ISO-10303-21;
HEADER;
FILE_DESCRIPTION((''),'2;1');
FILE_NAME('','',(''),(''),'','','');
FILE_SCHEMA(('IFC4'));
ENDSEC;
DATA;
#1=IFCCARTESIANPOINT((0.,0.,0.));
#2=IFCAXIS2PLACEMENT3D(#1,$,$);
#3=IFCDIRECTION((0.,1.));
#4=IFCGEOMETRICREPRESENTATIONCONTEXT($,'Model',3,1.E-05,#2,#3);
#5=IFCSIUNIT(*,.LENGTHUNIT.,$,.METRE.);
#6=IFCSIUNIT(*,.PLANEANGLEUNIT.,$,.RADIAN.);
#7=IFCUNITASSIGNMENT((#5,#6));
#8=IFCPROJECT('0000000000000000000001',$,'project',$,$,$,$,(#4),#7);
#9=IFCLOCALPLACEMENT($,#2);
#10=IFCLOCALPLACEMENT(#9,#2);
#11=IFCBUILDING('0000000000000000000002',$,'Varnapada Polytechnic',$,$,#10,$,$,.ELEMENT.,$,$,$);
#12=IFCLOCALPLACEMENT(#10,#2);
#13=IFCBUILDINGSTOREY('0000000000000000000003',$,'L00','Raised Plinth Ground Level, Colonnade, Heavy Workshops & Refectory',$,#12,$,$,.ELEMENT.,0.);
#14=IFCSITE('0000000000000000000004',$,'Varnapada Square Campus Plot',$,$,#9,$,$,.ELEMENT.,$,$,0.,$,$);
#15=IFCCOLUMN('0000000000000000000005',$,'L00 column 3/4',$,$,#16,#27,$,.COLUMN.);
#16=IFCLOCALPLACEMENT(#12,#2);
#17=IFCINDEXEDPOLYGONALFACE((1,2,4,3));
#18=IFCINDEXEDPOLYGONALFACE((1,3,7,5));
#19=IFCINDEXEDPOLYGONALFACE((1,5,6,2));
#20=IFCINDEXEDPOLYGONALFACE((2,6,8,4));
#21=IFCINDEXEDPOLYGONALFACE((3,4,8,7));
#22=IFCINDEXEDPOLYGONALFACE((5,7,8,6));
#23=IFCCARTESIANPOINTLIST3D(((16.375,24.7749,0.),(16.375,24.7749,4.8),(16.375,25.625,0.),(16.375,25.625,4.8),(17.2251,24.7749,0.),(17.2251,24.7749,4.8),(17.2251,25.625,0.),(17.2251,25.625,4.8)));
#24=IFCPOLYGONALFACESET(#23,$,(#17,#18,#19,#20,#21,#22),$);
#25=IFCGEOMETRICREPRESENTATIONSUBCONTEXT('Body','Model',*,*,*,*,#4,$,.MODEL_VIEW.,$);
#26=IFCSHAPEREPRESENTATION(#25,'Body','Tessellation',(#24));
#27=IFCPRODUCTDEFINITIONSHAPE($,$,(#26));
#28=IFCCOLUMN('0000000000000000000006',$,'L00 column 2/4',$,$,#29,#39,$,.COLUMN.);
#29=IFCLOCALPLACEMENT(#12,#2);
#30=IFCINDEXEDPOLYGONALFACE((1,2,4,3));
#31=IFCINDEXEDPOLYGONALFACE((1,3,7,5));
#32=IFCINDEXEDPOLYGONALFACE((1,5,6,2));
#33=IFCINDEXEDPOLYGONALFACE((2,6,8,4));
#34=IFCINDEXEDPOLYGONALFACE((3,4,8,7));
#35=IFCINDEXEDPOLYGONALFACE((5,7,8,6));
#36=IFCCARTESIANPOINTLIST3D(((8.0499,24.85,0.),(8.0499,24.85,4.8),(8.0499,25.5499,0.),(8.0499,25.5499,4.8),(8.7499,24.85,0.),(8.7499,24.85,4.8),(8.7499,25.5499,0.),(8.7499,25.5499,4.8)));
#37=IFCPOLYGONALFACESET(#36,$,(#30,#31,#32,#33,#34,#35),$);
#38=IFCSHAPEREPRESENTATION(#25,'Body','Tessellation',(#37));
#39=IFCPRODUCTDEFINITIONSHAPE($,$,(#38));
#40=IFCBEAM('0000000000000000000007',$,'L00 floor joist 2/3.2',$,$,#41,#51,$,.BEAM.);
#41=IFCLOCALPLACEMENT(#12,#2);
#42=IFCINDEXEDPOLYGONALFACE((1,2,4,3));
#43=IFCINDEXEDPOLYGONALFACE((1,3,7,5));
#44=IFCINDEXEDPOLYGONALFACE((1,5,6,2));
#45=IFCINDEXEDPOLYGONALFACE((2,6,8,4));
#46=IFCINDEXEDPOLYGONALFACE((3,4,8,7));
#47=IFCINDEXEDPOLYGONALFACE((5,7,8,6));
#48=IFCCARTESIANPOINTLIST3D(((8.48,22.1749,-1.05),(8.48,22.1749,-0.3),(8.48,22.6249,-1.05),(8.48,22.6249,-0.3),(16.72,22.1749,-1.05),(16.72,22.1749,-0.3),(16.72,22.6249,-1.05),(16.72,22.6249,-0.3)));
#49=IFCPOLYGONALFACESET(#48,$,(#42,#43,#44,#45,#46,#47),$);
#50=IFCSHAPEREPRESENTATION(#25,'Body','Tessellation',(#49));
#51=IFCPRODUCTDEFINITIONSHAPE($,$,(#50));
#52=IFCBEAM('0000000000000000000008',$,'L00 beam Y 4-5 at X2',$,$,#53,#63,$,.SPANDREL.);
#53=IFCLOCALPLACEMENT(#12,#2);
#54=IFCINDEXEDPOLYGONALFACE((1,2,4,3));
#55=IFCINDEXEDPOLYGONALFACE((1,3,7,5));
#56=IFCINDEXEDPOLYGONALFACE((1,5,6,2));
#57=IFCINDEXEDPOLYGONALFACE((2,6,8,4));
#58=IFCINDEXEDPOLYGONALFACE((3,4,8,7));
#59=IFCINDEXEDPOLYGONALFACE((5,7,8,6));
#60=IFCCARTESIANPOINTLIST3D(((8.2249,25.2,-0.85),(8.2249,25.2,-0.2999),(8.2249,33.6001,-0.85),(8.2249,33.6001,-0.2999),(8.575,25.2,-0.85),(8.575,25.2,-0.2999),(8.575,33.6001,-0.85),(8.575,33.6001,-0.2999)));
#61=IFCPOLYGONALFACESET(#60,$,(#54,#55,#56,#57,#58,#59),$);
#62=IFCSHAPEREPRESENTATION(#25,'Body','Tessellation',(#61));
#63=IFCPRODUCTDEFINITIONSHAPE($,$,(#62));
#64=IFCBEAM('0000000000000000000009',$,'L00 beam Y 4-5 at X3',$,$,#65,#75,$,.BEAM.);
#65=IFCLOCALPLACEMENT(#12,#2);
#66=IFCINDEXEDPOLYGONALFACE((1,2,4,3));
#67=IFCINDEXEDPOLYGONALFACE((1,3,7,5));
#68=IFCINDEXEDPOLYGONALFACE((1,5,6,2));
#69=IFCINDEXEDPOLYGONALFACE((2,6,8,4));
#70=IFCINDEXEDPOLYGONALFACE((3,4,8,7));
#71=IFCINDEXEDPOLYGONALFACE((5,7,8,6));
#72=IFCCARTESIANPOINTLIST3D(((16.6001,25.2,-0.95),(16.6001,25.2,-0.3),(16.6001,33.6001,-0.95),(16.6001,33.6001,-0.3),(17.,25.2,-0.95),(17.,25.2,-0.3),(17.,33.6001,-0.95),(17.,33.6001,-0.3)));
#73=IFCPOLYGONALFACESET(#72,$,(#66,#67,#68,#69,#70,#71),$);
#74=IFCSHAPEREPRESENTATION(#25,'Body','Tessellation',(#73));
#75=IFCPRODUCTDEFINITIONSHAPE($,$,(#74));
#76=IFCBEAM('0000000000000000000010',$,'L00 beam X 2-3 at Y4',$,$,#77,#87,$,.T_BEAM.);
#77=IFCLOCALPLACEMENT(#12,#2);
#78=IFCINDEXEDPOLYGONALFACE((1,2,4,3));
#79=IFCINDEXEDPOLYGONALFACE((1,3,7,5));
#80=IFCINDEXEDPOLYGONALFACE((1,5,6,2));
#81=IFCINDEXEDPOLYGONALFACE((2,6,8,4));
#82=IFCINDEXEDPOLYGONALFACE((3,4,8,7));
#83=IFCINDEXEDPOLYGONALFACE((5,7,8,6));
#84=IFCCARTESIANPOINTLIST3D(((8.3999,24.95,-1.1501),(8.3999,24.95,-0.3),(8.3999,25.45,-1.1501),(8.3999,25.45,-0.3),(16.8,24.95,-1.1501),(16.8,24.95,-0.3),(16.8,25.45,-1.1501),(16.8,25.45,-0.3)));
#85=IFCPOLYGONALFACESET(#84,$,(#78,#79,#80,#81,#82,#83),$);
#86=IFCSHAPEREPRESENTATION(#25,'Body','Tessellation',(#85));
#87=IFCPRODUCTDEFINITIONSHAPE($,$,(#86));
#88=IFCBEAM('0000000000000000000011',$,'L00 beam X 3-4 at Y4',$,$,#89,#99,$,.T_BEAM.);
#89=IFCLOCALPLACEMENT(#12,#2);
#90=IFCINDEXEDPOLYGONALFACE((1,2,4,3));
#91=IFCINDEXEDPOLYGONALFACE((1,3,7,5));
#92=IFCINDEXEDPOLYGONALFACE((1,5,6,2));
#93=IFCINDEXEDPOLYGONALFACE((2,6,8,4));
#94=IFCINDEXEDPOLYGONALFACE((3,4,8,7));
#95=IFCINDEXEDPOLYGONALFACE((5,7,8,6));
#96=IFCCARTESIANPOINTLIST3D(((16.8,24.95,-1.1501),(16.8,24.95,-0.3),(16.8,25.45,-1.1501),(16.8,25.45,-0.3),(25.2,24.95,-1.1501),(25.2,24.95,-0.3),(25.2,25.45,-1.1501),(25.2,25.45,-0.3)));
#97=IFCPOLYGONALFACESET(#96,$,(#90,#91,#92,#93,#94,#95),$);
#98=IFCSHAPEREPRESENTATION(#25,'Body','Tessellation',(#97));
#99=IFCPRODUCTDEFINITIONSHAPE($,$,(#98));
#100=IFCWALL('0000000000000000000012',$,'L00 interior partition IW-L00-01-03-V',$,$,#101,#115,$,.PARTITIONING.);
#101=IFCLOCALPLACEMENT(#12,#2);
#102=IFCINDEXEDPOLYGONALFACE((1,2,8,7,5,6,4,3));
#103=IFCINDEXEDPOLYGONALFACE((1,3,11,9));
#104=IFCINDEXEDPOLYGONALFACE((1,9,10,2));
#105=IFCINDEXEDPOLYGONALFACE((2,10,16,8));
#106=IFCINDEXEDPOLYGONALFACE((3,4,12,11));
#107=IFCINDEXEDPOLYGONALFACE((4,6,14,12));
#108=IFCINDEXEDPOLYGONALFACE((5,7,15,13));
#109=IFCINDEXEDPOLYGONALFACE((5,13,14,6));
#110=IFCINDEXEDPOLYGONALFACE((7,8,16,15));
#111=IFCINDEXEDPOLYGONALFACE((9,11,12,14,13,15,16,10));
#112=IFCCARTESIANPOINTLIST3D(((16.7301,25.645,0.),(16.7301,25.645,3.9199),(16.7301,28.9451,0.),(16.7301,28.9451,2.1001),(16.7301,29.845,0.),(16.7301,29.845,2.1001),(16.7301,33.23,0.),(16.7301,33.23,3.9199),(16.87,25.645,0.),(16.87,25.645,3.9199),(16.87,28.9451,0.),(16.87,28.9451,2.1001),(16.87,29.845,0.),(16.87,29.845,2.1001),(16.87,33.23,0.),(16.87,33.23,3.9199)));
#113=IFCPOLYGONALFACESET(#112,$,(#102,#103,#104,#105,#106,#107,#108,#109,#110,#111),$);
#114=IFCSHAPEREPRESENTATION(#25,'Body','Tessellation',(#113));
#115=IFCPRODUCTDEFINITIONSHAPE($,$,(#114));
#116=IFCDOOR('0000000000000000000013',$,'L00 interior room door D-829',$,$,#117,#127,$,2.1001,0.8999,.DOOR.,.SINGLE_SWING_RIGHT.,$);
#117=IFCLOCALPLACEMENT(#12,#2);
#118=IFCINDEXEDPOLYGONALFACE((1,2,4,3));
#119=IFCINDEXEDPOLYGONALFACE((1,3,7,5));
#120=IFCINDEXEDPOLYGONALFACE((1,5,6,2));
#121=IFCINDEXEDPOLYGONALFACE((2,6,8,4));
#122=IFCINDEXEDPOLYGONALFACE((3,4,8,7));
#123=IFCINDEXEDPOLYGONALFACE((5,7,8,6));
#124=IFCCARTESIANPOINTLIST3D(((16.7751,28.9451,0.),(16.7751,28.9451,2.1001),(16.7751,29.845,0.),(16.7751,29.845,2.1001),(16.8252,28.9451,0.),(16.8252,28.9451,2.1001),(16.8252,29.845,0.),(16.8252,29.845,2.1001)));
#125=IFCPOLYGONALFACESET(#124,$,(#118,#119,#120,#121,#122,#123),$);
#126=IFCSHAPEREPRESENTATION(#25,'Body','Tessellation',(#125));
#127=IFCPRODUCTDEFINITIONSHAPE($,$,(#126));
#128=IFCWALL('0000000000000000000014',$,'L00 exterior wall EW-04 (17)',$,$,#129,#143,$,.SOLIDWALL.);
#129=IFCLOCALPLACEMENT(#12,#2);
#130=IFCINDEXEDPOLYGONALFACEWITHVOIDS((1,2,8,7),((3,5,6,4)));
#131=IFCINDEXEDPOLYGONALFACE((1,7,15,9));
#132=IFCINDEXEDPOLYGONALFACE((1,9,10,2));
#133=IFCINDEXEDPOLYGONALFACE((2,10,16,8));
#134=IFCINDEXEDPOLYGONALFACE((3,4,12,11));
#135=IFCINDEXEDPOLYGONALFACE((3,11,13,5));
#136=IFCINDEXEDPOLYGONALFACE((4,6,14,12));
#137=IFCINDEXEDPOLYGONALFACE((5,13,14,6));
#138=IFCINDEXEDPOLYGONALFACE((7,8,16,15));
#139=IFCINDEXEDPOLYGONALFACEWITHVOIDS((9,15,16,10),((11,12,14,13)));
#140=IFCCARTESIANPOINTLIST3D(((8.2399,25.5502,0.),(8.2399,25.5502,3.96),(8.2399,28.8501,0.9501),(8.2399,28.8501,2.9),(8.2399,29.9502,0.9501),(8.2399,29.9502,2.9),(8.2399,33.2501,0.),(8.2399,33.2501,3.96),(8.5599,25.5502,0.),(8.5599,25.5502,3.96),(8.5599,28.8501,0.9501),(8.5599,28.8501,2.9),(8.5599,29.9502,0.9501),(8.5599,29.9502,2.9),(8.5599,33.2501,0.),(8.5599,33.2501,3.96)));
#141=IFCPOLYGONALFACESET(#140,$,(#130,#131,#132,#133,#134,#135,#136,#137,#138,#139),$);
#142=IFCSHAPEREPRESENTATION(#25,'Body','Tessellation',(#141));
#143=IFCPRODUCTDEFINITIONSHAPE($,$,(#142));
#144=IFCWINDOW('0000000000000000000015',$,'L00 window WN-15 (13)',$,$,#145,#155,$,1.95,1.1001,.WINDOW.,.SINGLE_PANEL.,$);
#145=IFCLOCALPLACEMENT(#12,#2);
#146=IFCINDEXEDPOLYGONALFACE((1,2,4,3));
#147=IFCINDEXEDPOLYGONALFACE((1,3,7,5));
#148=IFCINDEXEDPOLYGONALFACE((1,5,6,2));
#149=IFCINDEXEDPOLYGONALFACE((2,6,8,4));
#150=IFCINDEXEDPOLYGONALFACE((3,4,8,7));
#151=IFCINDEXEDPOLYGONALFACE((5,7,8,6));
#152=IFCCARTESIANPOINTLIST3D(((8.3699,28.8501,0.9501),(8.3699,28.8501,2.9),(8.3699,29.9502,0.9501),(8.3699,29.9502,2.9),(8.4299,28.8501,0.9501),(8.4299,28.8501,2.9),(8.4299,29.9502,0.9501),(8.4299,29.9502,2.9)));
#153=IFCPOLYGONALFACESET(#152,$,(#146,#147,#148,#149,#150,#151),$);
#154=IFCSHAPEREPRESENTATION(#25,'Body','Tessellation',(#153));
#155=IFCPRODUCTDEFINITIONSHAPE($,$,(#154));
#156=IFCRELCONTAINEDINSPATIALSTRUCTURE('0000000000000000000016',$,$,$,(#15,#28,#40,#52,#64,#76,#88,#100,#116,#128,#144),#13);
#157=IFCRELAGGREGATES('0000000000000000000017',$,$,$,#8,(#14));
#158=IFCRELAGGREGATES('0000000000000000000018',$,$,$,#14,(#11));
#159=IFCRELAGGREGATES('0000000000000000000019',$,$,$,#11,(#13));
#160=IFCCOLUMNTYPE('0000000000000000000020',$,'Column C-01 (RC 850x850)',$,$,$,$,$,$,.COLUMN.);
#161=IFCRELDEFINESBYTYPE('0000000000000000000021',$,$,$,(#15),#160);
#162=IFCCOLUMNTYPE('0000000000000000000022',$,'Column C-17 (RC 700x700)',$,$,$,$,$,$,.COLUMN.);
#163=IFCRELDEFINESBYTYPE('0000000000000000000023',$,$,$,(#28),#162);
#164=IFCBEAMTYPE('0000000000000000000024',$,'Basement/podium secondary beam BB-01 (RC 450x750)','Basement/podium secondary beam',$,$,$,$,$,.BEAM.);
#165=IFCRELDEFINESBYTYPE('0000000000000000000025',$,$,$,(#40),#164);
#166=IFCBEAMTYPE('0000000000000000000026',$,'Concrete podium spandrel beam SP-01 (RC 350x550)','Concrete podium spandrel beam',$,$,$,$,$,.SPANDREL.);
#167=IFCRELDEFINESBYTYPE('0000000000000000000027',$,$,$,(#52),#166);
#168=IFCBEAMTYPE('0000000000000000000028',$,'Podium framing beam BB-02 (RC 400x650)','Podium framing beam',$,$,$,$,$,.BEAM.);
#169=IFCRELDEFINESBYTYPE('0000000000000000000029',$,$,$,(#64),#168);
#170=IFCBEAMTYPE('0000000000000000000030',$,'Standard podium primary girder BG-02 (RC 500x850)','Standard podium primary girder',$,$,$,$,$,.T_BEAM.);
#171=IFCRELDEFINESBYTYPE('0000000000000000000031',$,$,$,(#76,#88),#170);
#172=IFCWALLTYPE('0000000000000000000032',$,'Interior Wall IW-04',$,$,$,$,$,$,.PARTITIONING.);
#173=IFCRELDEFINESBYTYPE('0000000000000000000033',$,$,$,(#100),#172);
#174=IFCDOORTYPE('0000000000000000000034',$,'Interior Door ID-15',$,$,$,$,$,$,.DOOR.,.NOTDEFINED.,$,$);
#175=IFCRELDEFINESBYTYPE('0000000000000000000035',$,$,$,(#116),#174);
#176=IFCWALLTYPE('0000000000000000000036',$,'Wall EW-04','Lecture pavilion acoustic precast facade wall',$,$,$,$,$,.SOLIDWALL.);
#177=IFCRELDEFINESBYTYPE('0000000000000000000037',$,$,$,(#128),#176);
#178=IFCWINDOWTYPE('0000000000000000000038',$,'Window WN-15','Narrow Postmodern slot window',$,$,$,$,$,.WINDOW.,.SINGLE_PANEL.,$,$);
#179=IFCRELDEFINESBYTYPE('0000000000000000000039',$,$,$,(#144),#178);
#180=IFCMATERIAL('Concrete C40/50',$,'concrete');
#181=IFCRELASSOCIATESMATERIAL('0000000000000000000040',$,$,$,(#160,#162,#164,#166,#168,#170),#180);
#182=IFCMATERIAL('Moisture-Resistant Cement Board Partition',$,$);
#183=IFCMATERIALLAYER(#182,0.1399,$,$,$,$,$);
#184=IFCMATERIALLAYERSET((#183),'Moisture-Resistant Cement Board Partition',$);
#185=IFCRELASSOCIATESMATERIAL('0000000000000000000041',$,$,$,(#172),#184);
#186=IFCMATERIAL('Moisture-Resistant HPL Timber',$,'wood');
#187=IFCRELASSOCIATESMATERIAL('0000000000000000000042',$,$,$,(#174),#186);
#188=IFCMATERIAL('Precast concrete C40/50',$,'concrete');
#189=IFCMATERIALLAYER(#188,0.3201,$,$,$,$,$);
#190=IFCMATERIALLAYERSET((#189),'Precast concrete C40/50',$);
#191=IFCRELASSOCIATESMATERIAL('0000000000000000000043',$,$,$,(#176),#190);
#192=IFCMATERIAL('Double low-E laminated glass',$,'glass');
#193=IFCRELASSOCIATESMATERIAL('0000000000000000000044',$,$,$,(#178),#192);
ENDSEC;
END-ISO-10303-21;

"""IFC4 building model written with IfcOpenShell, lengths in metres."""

from ifc_helpers import new_model, si_unit, direction, frame, frame_2d, origin, origin_2d, place, context, subcontext, project, spatial, rectangle, extrude, material, layer, layer_set, material_profile, profile_set, type_object, element, fill, save


model = new_model("IFC4")

# Units and contexts
model_context = context("Model", 3, precision=1e-05, world=origin(), true_north=direction((0.0, 1.0)))
body_context = subcontext(model_context, "Body", "Model", "MODEL_VIEW")
ifc_project = project(units=[si_unit("LENGTHUNIT", "METRE"), si_unit("PLANEANGLEUNIT", "RADIAN")], contexts=[model_context])

# Site, building, storey
site_placement = place(None, origin())
site = spatial("IfcSite", under=ifc_project, at=site_placement, Name="Varnapada Square Campus Plot", CompositionType="ELEMENT", RefElevation=0.0)
building_placement = place(site_placement, origin())
building = spatial("IfcBuilding", under=site, at=building_placement, Name="Varnapada Polytechnic", CompositionType="ELEMENT")
storey_placement = place(building_placement, origin())
storey = spatial("IfcBuildingStorey", under=building, at=storey_placement, Name="L00", Description="Raised Plinth Ground Level, Colonnade, Heavy Workshops & Refectory", CompositionType="ELEMENT", Elevation=0.0)

# Columns
ifc_material_1 = material(Name="Concrete C40/50", Category="concrete")
ifc_material_profile_1 = material_profile(ifc_material_1, rectangle(XDim=0.8501, YDim=0.8501, at=origin_2d()), Name="RC 850x850")
ifc_profile_set_1 = profile_set([ifc_material_profile_1], Name="Concrete C40/50")
column_type_1 = type_object("IfcColumnType", Name="Column C-01 (RC 850x850)", PredefinedType="COLUMN", material=ifc_profile_set_1)
column_1_placement = place(storey_placement, frame((16.8, 25.2, 0.0), z_axis=(0.0, 0.0, 1.0), x_axis=(1.0, 0.0, 0.0)))
element("IfcColumn", 1, at=column_1_placement, inside=storey, type_object=column_type_1, Name="L00 column 3/4", PredefinedType="COLUMN", context=body_context, shape_type="SweptSolid", body=[
    extrude(rectangle(XDim=0.8501, YDim=0.8501, at=origin_2d()), origin(), (0.0, 0.0, 1.0), 4.8),
])
ifc_material_profile_2 = material_profile(ifc_material_1, rectangle(XDim=0.7, YDim=0.7, at=origin_2d()), Name="RC 700x700")
ifc_profile_set_2 = profile_set([ifc_material_profile_2], Name="Concrete C40/50")
column_type_2 = type_object("IfcColumnType", Name="Column C-17 (RC 700x700)", PredefinedType="COLUMN", material=ifc_profile_set_2)
column_2_placement = place(storey_placement, frame((8.3999, 25.2, 0.0), z_axis=(0.0, 0.0, 1.0), x_axis=(1.0, 0.0, 0.0)))
element("IfcColumn", 2, at=column_2_placement, inside=storey, type_object=column_type_2, Name="L00 column 2/4", PredefinedType="COLUMN", context=body_context, shape_type="SweptSolid", body=[
    extrude(rectangle(XDim=0.7, YDim=0.7, at=origin_2d()), origin(), (0.0, 0.0, 1.0), 4.8),
])

# Beams
ifc_material_profile_3 = material_profile(ifc_material_1, rectangle(XDim=0.45, YDim=0.75, at=origin_2d()), Name="RC 450x750")
ifc_profile_set_3 = profile_set([ifc_material_profile_3], Name="Concrete C40/50")
beam_type_1 = type_object("IfcBeamType", Name="Basement/podium secondary beam BB-01 (RC 450x750)", Description="Basement/podium secondary beam", PredefinedType="BEAM", material=ifc_profile_set_3)
beam_1_placement = place(storey_placement, frame((8.48, 22.3999, -0.675), z_axis=(1.0, 0.0, 0.0), x_axis=(0.0, 1.0, 0.0)))
element("IfcBeam", 3, at=beam_1_placement, inside=storey, type_object=beam_type_1, Name="L00 floor joist 2/3.2", PredefinedType="BEAM", context=body_context, shape_type="SweptSolid", body=[
    extrude(rectangle(XDim=0.45, YDim=0.75, at=origin_2d()), origin(), (0.0, 0.0, 1.0), 8.24),
])
ifc_material_profile_4 = material_profile(ifc_material_1, rectangle(XDim=0.3501, YDim=0.55, at=origin_2d()), Name="RC 350x550")
ifc_profile_set_4 = profile_set([ifc_material_profile_4], Name="Concrete C40/50")
beam_type_2 = type_object("IfcBeamType", Name="Concrete podium spandrel beam SP-01 (RC 350x550)", Description="Concrete podium spandrel beam", PredefinedType="SPANDREL", material=ifc_profile_set_4)
beam_2_placement = place(storey_placement, frame((8.3999, 25.2, -0.575), z_axis=(0.0, 1.0, 0.0), x_axis=(-1.0, 0.0, 0.0)))
element("IfcBeam", 4, at=beam_2_placement, inside=storey, type_object=beam_type_2, Name="L00 beam Y 4-5 at X2", PredefinedType="SPANDREL", context=body_context, shape_type="SweptSolid", body=[
    extrude(rectangle(XDim=0.3501, YDim=0.55, at=origin_2d()), origin(), (0.0, 0.0, 1.0), 8.4001),
])
ifc_material_profile_5 = material_profile(ifc_material_1, rectangle(XDim=0.3999, YDim=0.6499, at=origin_2d()), Name="RC 400x650")
ifc_profile_set_5 = profile_set([ifc_material_profile_5], Name="Concrete C40/50")
beam_type_3 = type_object("IfcBeamType", Name="Podium framing beam BB-02 (RC 400x650)", Description="Podium framing beam", PredefinedType="BEAM", material=ifc_profile_set_5)
beam_3_placement = place(storey_placement, frame((16.8, 25.2, -0.625), z_axis=(0.0, 1.0, 0.0), x_axis=(-1.0, 0.0, 0.0)))
element("IfcBeam", 5, at=beam_3_placement, inside=storey, type_object=beam_type_3, Name="L00 beam Y 4-5 at X3", PredefinedType="BEAM", context=body_context, shape_type="SweptSolid", body=[
    extrude(rectangle(XDim=0.3999, YDim=0.6499, at=origin_2d()), origin(), (0.0, 0.0, 1.0), 8.4001),
])
ifc_material_profile_6 = material_profile(ifc_material_1, rectangle(XDim=0.5, YDim=0.8501, at=origin_2d()), Name="RC 500x850")
ifc_profile_set_6 = profile_set([ifc_material_profile_6], Name="Concrete C40/50")
beam_type_4 = type_object("IfcBeamType", Name="Standard podium primary girder BG-02 (RC 500x850)", Description="Standard podium primary girder", PredefinedType="T_BEAM", material=ifc_profile_set_6)
beam_4_placement = place(storey_placement, frame((8.3999, 25.2, -0.7251), z_axis=(1.0, 0.0, 0.0), x_axis=(0.0, 1.0, 0.0)))
element("IfcBeam", 6, at=beam_4_placement, inside=storey, type_object=beam_type_4, Name="L00 beam X 2-3 at Y4", PredefinedType="T_BEAM", context=body_context, shape_type="SweptSolid", body=[
    extrude(rectangle(XDim=0.5, YDim=0.8501, at=origin_2d()), origin(), (0.0, 0.0, 1.0), 8.4001),
])
beam_5_placement = place(storey_placement, frame((16.8, 25.2, -0.7251), z_axis=(1.0, 0.0, 0.0), x_axis=(0.0, 1.0, 0.0)))
element("IfcBeam", 7, at=beam_5_placement, inside=storey, type_object=beam_type_4, Name="L00 beam X 3-4 at Y4", PredefinedType="T_BEAM", context=body_context, shape_type="SweptSolid", body=[
    extrude(rectangle(XDim=0.5, YDim=0.8501, at=origin_2d()), origin(), (0.0, 0.0, 1.0), 8.3999),
])

# Wall, opening, door
ifc_material_2 = material(Name="Moisture-Resistant Cement Board Partition")
ifc_layer_1 = layer(ifc_material_2, 0.1399)
ifc_layer_set_1 = layer_set([ifc_layer_1], Name="Moisture-Resistant Cement Board Partition")
wall_type_1 = type_object("IfcWallType", Name="Interior Wall IW-04", PredefinedType="PARTITIONING", material=ifc_layer_set_1)
wall_1_placement = place(storey_placement, frame((16.8, 25.645, 0.0), z_axis=(0.0, 0.0, 1.0), x_axis=(0.0, 1.0, 0.0)))
wall_1 = element("IfcWall", 8, at=wall_1_placement, inside=storey, type_object=wall_type_1, Name="L00 interior partition IW-L00-01-03-V", PredefinedType="PARTITIONING", context=body_context, shape_type="SweptSolid", body=[
    extrude(rectangle(XDim=7.585, YDim=0.1399, at=frame_2d((3.7925, 0.0))), origin(), (0.0, 0.0, 1.0), 3.9199),
])
opening_1_placement = place(wall_1_placement, frame((3.3, 0.0, 0.0)))
opening_1 = element("IfcOpeningElement", 9, at=opening_1_placement, cuts=wall_1, PredefinedType="OPENING", context=body_context, shape_type="SweptSolid", body=[
    extrude(rectangle(XDim=0.8999, YDim=2.1001, at=frame_2d((0.45, 1.05))), frame((0.0, 0.0798, 0.0), z_axis=(0.0, -1.0, 0.0), x_axis=(1.0, 0.0, 0.0)), (0.0, 0.0, 1.0), 0.1599),
])
ifc_material_3 = material(Name="Moisture-Resistant HPL Timber", Category="wood")
door_type = type_object("IfcDoorType", Name="Interior Door ID-15", OperationType="NOTDEFINED", PredefinedType="DOOR", material=ifc_material_3)
door_placement = place(opening_1_placement, origin())
door = element("IfcDoor", 10, at=door_placement, inside=storey, type_object=door_type, Name="L00 interior room door D-829", OperationType="SINGLE_SWING_RIGHT", OverallHeight=2.1001, OverallWidth=0.8999, PredefinedType="DOOR", context=body_context, shape_type="SweptSolid", body=[
    extrude(rectangle(XDim=0.8999, YDim=2.1001, at=frame_2d((0.45, 1.05))), frame((0.0, 0.0249, 0.0), z_axis=(0.0, -1.0, 0.0), x_axis=(1.0, 0.0, 0.0)), (0.0, 0.0, 1.0), 0.05),
])
fill(opening_1, door)

# Wall, opening, window
ifc_material_4 = material(Name="Precast concrete C40/50", Category="concrete")
ifc_layer_2 = layer(ifc_material_4, 0.3201)
ifc_layer_set_2 = layer_set([ifc_layer_2], Name="Precast concrete C40/50")
wall_type_2 = type_object("IfcWallType", Name="Wall EW-04", Description="Lecture pavilion acoustic precast facade wall", PredefinedType="SOLIDWALL", material=ifc_layer_set_2)
wall_2_placement = place(storey_placement, frame((8.3999, 25.55, 0.0), z_axis=(0.0, 0.0, 1.0), x_axis=(0.0, 1.0, 0.0)))
wall_2 = element("IfcWall", 11, at=wall_2_placement, inside=storey, type_object=wall_type_2, Name="L00 exterior wall EW-04 (17)", PredefinedType="SOLIDWALL", context=body_context, shape_type="SweptSolid", body=[
    extrude(rectangle(XDim=7.7, YDim=0.3201, at=frame_2d((3.8501, 0.0))), origin(), (0.0, 0.0, 1.0), 3.96),
])
opening_2_placement = place(wall_2_placement, frame((3.3, 0.0, 0.95)))
opening_2 = element("IfcOpeningElement", 12, at=opening_2_placement, cuts=wall_2, PredefinedType="OPENING", context=body_context, shape_type="SweptSolid", body=[
    extrude(rectangle(XDim=1.1001, YDim=1.95, at=frame_2d((0.55, 0.9751))), frame((0.0, 0.1699, 0.0), z_axis=(0.0, -1.0, 0.0), x_axis=(1.0, 0.0, 0.0)), (0.0, 0.0, 1.0), 0.3401),
])
ifc_material_5 = material(Name="Double low-E laminated glass", Category="glass")
window_type = type_object("IfcWindowType", Name="Window WN-15", Description="Narrow Postmodern slot window", PartitioningType="SINGLE_PANEL", PredefinedType="WINDOW", material=ifc_material_5)
window_placement = place(opening_2_placement, origin())
window = element("IfcWindow", 13, at=window_placement, inside=storey, type_object=window_type, Name="L00 window WN-15 (13)", OverallHeight=1.95, OverallWidth=1.1001, PartitioningType="SINGLE_PANEL", PredefinedType="WINDOW", context=body_context, shape_type="SweptSolid", body=[
    extrude(rectangle(XDim=1.1001, YDim=1.95, at=frame_2d((0.55, 0.9751))), frame((0.0, 0.03, 0.0), z_axis=(0.0, -1.0, 0.0), x_axis=(1.0, 0.0, 0.0)), (0.0, 0.0, 1.0), 0.0601),
])
fill(opening_2, window)

save(model, "model.ifc")
